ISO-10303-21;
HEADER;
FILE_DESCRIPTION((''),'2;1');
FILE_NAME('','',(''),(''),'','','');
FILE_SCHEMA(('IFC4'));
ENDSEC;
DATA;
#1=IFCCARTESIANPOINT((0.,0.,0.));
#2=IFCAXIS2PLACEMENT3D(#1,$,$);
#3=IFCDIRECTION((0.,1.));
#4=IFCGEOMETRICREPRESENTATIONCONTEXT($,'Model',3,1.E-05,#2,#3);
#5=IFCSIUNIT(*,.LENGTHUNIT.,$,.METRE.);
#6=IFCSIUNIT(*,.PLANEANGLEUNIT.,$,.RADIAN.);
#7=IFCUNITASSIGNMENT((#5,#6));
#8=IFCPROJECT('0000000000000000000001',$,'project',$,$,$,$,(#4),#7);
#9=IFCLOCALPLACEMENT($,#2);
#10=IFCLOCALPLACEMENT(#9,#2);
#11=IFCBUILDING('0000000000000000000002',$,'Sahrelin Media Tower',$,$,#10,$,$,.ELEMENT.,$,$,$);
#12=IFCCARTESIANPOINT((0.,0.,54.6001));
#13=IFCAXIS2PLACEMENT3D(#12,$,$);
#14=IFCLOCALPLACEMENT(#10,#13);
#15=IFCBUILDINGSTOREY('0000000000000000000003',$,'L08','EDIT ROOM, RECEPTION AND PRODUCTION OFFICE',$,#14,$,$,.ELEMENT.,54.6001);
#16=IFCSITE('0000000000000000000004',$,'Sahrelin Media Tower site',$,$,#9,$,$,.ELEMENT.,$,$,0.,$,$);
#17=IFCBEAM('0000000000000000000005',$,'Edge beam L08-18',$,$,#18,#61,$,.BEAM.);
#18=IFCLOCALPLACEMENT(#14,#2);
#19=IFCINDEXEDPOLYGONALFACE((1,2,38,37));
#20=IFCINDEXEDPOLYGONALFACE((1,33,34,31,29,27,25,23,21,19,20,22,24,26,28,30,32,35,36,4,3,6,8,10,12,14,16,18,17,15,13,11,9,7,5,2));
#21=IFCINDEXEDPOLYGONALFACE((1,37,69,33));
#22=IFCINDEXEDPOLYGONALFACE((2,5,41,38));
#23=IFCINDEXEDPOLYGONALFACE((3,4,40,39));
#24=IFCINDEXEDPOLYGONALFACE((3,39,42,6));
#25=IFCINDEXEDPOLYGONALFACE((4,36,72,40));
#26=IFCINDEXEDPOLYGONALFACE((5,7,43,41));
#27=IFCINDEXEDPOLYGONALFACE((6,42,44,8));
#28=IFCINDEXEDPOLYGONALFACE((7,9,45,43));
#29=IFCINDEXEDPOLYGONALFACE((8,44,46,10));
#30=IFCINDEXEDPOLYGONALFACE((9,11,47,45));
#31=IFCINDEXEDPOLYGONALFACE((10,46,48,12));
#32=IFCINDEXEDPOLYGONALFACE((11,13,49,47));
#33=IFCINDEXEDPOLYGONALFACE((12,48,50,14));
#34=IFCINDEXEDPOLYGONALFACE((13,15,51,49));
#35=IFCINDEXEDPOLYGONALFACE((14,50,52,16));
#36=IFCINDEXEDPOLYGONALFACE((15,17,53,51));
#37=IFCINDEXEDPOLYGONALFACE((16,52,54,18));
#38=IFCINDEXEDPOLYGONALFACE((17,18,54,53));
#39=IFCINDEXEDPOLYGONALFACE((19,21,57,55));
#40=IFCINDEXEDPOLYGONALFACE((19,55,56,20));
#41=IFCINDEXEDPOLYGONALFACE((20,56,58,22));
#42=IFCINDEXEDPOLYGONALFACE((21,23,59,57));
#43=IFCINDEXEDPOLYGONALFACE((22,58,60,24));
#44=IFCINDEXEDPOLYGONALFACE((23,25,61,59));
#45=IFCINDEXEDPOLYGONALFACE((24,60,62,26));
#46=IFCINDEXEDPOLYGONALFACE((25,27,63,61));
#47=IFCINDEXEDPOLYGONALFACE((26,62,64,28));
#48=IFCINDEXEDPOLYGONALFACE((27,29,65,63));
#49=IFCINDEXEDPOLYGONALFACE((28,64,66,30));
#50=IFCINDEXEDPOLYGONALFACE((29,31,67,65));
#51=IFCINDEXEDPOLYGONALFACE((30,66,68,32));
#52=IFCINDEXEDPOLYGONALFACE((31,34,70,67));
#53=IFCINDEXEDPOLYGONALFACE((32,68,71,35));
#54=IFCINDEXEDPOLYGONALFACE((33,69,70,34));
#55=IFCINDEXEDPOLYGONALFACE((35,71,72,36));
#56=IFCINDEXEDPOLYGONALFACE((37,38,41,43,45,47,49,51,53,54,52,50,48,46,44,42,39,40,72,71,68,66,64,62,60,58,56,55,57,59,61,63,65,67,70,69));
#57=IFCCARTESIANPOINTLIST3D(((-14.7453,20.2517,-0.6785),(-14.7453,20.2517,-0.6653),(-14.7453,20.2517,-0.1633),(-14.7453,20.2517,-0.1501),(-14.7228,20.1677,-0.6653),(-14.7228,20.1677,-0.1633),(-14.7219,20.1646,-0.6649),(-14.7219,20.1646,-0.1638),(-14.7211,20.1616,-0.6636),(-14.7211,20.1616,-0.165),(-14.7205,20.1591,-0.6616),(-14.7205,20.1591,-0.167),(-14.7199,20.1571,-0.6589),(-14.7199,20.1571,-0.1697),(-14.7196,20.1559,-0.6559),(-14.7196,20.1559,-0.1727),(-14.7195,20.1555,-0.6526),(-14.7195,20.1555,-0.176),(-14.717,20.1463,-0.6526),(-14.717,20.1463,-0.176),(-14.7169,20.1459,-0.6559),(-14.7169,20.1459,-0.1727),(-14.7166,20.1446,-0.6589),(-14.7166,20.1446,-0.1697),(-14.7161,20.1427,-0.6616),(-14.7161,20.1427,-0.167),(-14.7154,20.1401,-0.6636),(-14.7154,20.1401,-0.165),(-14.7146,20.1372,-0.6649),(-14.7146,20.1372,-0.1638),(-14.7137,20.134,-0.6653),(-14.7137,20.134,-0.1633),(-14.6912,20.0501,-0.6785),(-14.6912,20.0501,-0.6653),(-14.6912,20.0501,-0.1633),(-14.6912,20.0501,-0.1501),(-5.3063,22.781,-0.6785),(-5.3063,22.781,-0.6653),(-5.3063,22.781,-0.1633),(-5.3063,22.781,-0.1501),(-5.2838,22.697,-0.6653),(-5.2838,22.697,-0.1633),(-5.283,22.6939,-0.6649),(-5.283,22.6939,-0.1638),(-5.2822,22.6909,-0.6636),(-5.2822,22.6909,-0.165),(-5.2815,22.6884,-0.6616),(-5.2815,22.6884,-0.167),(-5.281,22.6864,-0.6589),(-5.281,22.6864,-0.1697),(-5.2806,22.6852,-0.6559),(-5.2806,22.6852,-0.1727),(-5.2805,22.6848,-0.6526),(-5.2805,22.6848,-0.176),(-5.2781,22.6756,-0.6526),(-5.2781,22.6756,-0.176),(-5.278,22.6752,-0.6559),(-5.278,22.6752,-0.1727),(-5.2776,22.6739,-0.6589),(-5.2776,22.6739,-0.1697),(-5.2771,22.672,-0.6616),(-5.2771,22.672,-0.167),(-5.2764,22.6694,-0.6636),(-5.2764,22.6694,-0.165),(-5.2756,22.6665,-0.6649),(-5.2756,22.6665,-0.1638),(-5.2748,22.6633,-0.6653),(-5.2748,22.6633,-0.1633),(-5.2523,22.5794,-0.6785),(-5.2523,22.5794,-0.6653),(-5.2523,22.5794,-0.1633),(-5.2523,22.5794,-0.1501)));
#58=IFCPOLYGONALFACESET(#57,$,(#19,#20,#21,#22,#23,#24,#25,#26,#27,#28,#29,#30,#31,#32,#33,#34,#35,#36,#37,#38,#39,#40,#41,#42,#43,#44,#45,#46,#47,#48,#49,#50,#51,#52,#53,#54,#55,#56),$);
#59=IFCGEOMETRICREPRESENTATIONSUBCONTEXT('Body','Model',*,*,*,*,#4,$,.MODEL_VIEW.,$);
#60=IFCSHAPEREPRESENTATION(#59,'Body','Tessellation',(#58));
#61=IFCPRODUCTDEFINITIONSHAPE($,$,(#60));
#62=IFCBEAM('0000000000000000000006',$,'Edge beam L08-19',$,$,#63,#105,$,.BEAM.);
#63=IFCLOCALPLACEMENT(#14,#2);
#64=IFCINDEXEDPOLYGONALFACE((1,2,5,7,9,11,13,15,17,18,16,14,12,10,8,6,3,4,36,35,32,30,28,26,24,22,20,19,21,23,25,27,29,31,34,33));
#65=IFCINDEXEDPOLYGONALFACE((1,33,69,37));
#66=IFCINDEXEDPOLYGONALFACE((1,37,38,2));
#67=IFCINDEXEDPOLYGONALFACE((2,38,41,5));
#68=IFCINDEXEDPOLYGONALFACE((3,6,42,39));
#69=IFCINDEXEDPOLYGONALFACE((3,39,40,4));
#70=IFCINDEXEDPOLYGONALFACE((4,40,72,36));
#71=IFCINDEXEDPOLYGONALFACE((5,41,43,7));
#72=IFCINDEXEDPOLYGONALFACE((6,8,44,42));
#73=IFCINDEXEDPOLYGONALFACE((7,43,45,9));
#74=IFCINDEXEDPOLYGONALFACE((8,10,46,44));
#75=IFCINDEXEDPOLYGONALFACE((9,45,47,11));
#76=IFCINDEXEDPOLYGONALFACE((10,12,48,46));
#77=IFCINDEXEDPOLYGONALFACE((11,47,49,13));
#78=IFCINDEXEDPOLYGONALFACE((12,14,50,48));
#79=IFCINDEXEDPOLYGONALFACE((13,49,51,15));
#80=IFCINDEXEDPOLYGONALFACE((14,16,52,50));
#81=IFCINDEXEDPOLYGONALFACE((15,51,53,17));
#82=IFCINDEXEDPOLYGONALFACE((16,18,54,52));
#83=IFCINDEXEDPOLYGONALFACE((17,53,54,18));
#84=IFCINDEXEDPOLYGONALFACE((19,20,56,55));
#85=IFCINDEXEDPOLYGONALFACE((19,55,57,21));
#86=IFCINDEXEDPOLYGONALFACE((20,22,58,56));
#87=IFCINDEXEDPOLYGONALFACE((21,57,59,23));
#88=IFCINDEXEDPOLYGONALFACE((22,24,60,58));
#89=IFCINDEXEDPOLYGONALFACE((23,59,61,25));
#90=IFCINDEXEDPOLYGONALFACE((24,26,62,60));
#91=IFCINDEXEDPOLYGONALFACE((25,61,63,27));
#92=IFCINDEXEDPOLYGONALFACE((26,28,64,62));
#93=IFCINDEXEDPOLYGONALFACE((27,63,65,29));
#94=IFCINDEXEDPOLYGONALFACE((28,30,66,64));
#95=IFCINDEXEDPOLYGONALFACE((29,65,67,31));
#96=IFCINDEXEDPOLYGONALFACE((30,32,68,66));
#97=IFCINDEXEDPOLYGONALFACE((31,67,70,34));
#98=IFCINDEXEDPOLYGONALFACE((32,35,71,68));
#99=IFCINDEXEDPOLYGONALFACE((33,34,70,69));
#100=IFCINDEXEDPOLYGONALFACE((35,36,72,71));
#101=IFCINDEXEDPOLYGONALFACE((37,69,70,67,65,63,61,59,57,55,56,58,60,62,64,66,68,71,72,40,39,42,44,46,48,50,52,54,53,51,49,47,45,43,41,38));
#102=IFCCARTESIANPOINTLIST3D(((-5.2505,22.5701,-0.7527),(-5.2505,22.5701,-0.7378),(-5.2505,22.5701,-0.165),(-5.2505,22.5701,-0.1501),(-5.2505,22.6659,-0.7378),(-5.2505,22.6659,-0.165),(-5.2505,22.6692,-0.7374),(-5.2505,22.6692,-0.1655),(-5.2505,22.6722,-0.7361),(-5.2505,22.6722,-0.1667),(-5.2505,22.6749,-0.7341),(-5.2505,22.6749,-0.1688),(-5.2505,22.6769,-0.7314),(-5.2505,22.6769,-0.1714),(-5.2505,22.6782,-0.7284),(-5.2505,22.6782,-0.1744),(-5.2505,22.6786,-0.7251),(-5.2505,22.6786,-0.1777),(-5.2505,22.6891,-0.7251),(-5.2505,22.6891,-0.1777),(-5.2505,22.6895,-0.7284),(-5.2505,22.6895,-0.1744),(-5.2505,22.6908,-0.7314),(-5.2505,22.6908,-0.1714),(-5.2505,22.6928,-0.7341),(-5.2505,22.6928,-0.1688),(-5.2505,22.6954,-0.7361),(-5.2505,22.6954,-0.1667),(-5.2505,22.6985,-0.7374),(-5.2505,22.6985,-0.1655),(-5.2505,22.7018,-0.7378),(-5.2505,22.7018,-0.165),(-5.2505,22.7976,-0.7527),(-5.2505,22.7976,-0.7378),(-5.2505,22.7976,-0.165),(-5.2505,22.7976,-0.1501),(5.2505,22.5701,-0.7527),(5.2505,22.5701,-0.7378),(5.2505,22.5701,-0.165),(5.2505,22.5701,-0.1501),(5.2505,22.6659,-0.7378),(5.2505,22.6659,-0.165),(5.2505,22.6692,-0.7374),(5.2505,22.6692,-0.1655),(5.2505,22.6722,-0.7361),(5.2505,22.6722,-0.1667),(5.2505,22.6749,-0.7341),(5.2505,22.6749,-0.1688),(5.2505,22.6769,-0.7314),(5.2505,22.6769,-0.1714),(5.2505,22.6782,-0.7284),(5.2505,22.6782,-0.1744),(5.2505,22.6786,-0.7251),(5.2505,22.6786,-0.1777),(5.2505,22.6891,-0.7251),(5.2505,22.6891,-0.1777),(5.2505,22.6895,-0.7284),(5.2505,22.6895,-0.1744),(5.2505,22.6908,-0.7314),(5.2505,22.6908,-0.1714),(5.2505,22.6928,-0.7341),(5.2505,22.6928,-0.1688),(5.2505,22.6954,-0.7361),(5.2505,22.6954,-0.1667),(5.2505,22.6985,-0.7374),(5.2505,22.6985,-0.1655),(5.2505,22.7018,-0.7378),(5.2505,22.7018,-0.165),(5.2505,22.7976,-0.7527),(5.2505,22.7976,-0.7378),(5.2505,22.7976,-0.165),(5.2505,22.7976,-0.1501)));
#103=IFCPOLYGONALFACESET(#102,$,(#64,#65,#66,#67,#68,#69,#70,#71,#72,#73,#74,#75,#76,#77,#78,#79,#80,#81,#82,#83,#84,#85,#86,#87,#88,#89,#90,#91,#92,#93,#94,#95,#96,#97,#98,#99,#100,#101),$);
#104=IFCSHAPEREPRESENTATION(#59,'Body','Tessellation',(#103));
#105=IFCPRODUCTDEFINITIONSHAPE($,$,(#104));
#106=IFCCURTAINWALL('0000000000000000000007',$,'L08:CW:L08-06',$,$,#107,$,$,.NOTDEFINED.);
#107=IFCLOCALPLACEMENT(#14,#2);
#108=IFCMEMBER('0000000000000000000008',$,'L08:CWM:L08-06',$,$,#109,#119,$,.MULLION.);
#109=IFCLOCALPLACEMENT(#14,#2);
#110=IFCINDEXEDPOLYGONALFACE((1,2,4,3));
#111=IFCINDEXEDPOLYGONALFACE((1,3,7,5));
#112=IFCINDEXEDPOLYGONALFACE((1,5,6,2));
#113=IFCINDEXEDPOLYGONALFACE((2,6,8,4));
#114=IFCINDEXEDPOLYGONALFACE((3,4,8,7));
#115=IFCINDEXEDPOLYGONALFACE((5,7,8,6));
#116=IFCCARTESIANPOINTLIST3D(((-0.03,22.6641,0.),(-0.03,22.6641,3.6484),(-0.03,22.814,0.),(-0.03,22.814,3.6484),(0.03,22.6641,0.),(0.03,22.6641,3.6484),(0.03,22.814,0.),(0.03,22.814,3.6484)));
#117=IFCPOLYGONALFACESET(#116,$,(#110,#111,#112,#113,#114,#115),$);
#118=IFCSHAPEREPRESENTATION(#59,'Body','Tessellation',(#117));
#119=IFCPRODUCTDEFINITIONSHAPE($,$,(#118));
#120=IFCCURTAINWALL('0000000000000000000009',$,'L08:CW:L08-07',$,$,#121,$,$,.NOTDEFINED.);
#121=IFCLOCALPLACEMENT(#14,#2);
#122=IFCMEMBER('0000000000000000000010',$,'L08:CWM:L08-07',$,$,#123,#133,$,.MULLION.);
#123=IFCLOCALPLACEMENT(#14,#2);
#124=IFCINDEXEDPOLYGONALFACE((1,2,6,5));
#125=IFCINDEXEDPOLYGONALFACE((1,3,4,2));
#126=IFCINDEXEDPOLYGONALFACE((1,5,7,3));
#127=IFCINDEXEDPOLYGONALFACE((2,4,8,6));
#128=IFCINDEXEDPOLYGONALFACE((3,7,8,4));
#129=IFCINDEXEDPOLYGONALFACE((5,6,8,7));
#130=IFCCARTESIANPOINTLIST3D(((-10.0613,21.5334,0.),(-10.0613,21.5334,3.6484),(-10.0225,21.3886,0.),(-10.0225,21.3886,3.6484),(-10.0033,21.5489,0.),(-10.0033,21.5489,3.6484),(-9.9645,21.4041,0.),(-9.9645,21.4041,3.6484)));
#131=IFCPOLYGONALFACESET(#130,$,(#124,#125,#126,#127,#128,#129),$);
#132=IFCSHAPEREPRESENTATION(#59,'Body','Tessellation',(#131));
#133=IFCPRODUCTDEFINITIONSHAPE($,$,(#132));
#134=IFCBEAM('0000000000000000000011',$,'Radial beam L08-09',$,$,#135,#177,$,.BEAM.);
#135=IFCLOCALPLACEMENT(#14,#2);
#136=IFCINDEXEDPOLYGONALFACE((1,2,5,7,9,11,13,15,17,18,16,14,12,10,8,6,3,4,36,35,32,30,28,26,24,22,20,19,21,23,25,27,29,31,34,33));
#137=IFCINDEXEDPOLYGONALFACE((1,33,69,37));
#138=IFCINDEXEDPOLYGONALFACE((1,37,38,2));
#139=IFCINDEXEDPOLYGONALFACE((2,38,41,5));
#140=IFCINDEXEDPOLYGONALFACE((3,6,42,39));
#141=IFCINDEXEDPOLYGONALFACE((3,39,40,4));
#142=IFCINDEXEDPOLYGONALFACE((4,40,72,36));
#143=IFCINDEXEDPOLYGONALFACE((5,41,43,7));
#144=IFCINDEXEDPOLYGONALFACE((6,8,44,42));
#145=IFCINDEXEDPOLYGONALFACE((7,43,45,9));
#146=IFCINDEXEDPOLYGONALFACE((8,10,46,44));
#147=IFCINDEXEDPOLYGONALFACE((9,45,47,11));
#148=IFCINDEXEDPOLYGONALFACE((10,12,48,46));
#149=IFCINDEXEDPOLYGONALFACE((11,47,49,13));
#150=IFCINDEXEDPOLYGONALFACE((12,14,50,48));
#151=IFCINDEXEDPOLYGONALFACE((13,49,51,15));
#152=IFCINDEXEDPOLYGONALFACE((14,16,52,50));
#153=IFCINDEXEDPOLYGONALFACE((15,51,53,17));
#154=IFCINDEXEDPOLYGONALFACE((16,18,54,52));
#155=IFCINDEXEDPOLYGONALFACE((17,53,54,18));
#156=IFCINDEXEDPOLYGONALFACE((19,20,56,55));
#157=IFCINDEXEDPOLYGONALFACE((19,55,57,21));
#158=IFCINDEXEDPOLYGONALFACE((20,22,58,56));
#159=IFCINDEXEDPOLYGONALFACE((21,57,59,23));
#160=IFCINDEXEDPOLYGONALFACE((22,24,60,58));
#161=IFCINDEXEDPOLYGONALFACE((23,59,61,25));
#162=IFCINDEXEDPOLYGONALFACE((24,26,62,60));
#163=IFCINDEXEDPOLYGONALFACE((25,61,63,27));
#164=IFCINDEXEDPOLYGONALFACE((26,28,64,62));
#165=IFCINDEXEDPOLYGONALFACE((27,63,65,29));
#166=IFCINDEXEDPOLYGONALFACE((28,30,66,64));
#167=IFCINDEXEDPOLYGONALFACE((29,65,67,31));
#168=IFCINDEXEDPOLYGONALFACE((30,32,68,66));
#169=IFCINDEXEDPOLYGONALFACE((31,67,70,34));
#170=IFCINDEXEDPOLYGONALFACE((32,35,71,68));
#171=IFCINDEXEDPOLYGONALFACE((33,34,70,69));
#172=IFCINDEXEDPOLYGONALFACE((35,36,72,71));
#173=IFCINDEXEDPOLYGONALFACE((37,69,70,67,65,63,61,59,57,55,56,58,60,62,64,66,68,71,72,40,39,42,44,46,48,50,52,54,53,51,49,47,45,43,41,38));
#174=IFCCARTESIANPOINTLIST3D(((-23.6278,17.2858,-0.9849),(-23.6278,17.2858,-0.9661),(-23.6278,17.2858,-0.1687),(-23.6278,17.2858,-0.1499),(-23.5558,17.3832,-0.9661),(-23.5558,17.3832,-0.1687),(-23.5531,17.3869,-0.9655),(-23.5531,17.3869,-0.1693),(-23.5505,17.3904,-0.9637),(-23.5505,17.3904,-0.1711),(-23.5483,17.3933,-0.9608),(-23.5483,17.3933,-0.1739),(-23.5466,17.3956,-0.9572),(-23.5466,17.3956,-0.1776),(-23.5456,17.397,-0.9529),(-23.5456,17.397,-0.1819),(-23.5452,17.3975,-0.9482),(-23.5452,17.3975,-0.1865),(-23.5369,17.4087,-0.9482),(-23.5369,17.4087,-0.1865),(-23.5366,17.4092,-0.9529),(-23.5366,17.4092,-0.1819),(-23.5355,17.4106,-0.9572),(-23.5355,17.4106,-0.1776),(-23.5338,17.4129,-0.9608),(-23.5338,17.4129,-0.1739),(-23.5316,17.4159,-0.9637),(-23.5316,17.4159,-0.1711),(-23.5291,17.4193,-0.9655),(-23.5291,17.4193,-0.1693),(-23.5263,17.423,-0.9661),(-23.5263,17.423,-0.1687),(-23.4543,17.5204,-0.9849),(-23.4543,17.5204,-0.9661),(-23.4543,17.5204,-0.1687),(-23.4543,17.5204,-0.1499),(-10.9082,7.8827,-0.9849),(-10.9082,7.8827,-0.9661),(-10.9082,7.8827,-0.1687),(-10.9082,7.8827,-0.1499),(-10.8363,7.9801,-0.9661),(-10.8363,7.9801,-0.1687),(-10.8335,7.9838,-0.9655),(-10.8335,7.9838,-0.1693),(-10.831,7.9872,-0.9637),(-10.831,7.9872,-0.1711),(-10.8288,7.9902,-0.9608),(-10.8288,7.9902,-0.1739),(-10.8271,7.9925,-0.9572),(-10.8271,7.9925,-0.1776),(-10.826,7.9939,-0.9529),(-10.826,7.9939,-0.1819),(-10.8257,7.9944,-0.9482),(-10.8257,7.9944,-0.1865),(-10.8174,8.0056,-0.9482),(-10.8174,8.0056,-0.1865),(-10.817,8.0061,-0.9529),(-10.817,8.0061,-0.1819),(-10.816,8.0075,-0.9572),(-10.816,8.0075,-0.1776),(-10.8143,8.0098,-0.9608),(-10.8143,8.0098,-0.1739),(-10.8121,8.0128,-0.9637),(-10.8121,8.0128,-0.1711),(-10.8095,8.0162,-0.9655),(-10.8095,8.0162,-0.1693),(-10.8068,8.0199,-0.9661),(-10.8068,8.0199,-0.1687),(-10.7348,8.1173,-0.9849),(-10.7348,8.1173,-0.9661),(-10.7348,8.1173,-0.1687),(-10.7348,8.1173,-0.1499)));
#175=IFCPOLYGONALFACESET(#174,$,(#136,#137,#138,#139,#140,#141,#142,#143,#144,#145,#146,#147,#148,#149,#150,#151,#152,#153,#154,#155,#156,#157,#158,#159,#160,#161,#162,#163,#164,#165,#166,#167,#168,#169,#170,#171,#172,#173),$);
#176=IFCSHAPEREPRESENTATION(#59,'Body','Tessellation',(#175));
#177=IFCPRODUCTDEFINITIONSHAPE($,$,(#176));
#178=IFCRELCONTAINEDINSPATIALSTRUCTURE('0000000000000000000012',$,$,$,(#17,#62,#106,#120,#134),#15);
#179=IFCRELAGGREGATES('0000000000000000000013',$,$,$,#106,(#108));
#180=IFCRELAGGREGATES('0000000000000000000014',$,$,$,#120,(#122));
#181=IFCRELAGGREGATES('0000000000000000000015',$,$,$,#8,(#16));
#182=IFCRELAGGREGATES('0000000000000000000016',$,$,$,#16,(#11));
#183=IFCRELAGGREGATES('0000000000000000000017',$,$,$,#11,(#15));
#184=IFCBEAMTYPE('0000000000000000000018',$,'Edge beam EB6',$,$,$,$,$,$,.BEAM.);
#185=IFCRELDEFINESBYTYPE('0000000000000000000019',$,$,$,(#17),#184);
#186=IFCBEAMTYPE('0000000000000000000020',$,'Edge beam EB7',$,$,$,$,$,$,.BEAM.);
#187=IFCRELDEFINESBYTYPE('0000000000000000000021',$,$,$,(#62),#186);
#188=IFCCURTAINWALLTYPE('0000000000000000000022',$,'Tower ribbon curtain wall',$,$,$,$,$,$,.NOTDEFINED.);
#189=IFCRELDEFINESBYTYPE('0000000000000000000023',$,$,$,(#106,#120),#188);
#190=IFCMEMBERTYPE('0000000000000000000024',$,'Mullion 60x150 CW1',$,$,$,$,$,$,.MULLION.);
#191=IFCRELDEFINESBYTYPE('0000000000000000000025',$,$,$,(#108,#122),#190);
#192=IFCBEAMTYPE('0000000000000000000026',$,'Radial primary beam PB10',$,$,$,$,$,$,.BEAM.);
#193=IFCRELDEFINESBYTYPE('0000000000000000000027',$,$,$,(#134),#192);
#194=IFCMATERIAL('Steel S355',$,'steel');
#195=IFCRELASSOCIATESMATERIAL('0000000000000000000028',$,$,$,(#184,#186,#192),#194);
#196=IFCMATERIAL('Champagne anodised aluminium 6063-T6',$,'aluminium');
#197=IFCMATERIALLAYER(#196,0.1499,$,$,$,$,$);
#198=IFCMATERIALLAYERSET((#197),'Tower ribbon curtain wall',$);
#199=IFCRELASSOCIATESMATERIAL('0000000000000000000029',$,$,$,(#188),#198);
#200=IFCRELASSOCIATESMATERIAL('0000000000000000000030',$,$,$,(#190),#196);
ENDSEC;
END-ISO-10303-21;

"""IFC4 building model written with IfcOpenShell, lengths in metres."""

from ifc_helpers import new_model, si_unit, direction, frame, origin, origin_2d, place, context, subcontext, project, spatial, rectangle, i_section, extrude, material, layer, layer_set, material_profile, profile_set, type_object, element, aggregate, save


model = new_model("IFC4")

# Units and contexts
model_context = context("Model", 3, precision=1e-05, world=origin(), true_north=direction((0.0, 1.0)))
body_context = subcontext(model_context, "Body", "Model", "MODEL_VIEW")
ifc_project = project(units=[si_unit("LENGTHUNIT", "METRE"), si_unit("PLANEANGLEUNIT", "RADIAN")], contexts=[model_context])

# Site, building, storey
site_placement = place(None, origin())
site = spatial("IfcSite", under=ifc_project, at=site_placement, Name="Sahrelin Media Tower site", CompositionType="ELEMENT", RefElevation=0.0)
building_placement = place(site_placement, origin())
building = spatial("IfcBuilding", under=site, at=building_placement, Name="Sahrelin Media Tower", CompositionType="ELEMENT")
storey_placement = place(building_placement, frame((0.0, 0.0, 54.6001)))
storey = spatial("IfcBuildingStorey", under=building, at=storey_placement, Name="L08", Description="EDIT ROOM, RECEPTION AND PRODUCTION OFFICE", CompositionType="ELEMENT", Elevation=54.6001)

# Beams
ifc_material_1 = material(Name="Steel S355", Category="steel")
ifc_material_profile_1 = material_profile(ifc_material_1, i_section(OverallWidth=0.2087, OverallDepth=0.5283, WebThickness=0.0095, FlangeThickness=0.0132, FilletRadius=0.0127, at=origin_2d()), Name="UB 533x210x82")
ifc_profile_set_1 = profile_set([ifc_material_profile_1], Name="Steel S355")
beam_type_1 = type_object("IfcBeamType", Name="Edge beam EB6", PredefinedType="BEAM", material=ifc_profile_set_1)
beam_1_placement = place(storey_placement, frame((-14.7183, 20.1509, -0.4143), z_axis=(0.965922, 0.258832, 0.0), x_axis=(-0.258832, 0.965922, 0.0)))
element("IfcBeam", 1, at=beam_1_placement, inside=storey, type_object=beam_type_1, Name="Edge beam L08-18", PredefinedType="BEAM", context=body_context, shape_type="SweptSolid", body=[
    extrude(i_section(OverallWidth=0.2087, OverallDepth=0.5283, WebThickness=0.0095, FlangeThickness=0.0132, FilletRadius=0.0127, at=origin_2d()), origin(), (0.0, 0.0, 1.0), 9.772),
])
ifc_material_profile_2 = material_profile(ifc_material_1, i_section(OverallWidth=0.2275, OverallDepth=0.6025, WebThickness=0.0105, FlangeThickness=0.0149, FilletRadius=0.0127, at=origin_2d()), Name="UB 610x229x101")
ifc_profile_set_2 = profile_set([ifc_material_profile_2], Name="Steel S355")
beam_type_2 = type_object("IfcBeamType", Name="Edge beam EB7", PredefinedType="BEAM", material=ifc_profile_set_2)
beam_2_placement = place(storey_placement, frame((-5.2505, 22.6838, -0.4514), z_axis=(1.0, 0.0, 0.0), x_axis=(0.0, 1.0, 0.0)))
element("IfcBeam", 2, at=beam_2_placement, inside=storey, type_object=beam_type_2, Name="Edge beam L08-19", PredefinedType="BEAM", context=body_context, shape_type="SweptSolid", body=[
    extrude(i_section(OverallWidth=0.2275, OverallDepth=0.6025, WebThickness=0.0105, FlangeThickness=0.0149, FilletRadius=0.0127, at=origin_2d()), origin(), (0.0, 0.0, 1.0), 10.501),
])

# Curtain walls, members
ifc_material_2 = material(Name="Champagne anodised aluminium 6063-T6", Category="aluminium")
ifc_layer_1 = layer(ifc_material_2, 0.1499)
ifc_layer_set_1 = layer_set([ifc_layer_1], Name="Tower ribbon curtain wall")
curtain_wall_type = type_object("IfcCurtainWallType", Name="Tower ribbon curtain wall", PredefinedType="NOTDEFINED", material=ifc_layer_set_1)
curtain_wall_1_placement = place(storey_placement, frame((0.0, 22.834, 0.0), z_axis=(0.0, 0.0, 1.0), x_axis=(1.0, 0.0, 0.0)))
curtain_wall_1 = element("IfcCurtainWall", 3, at=curtain_wall_1_placement, inside=storey, type_object=curtain_wall_type, Name="L08:CW:L08-06", PredefinedType="NOTDEFINED")
ifc_material_profile_3 = material_profile(ifc_material_2, rectangle(XDim=0.0601, YDim=0.1499, at=origin_2d()), Name="Mullion 60x150")
ifc_profile_set_3 = profile_set([ifc_material_profile_3], Name="Champagne anodised aluminium 6063-T6")
member_type_1 = type_object("IfcMemberType", Name="Mullion 60x150 CW1", PredefinedType="MULLION", material=ifc_profile_set_3)
member_1_placement = place(storey_placement, frame((0.0, 22.739, 0.0), z_axis=(0.0, 0.0, 1.0), x_axis=(-1.0, 0.0, 0.0)))
member_1 = element("IfcMember", 4, at=member_1_placement, type_object=member_type_1, Name="L08:CWM:L08-06", PredefinedType="MULLION", context=body_context, shape_type="SweptSolid", body=[
    extrude(rectangle(XDim=0.0601, YDim=0.1499, at=origin_2d()), origin(), (0.0, 0.0, 1.0), 3.6484),
])
aggregate(curtain_wall_1, [member_1])
curtain_wall_2_placement = place(storey_placement, frame((-10.0376, 21.5603, 0.0), z_axis=(0.0, 0.0, 1.0), x_axis=(1.0, 0.0, 0.0)))
curtain_wall_2 = element("IfcCurtainWall", 5, at=curtain_wall_2_placement, inside=storey, type_object=curtain_wall_type, Name="L08:CW:L08-07", PredefinedType="NOTDEFINED")
member_2_placement = place(storey_placement, frame((-10.0129, 21.4688, 0.0), z_axis=(0.0, 0.0, 1.0), x_axis=(-0.965926, -0.258817, 0.0)))
member_2 = element("IfcMember", 6, at=member_2_placement, type_object=member_type_1, Name="L08:CWM:L08-07", PredefinedType="MULLION", context=body_context, shape_type="SweptSolid", body=[
    extrude(rectangle(XDim=0.0601, YDim=0.1499, at=origin_2d()), origin(), (0.0, 0.0, 1.0), 3.6484),
])

# Beam
ifc_material_profile_4 = material_profile(ifc_material_1, i_section(OverallWidth=0.2917, OverallDepth=0.835, WebThickness=0.0139, FlangeThickness=0.0188, FilletRadius=0.0178, at=origin_2d()), Name="UB 838x292x176")
ifc_profile_set_4 = profile_set([ifc_material_profile_4], Name="Steel S355")
beam_type_3 = type_object("IfcBeamType", Name="Radial primary beam PB10", PredefinedType="BEAM", material=ifc_profile_set_4)
beam_3_placement = place(storey_placement, frame((-10.8215, 8.0, -0.5674), z_axis=(-0.804124, 0.594461, 0.0), x_axis=(-0.594461, -0.804124, 0.0)))
element("IfcBeam", 7, at=beam_3_placement, inside=storey, type_object=beam_type_3, Name="Radial beam L08-09", PredefinedType="BEAM", context=body_context, shape_type="SweptSolid", body=[
    extrude(i_section(OverallWidth=0.2917, OverallDepth=0.835, WebThickness=0.0139, FlangeThickness=0.0188, FilletRadius=0.0178, at=origin_2d()), origin(), (0.0, 0.0, 1.0), 15.8179),
])

aggregate(curtain_wall_2, [member_2])

save(model, "model.ifc")
